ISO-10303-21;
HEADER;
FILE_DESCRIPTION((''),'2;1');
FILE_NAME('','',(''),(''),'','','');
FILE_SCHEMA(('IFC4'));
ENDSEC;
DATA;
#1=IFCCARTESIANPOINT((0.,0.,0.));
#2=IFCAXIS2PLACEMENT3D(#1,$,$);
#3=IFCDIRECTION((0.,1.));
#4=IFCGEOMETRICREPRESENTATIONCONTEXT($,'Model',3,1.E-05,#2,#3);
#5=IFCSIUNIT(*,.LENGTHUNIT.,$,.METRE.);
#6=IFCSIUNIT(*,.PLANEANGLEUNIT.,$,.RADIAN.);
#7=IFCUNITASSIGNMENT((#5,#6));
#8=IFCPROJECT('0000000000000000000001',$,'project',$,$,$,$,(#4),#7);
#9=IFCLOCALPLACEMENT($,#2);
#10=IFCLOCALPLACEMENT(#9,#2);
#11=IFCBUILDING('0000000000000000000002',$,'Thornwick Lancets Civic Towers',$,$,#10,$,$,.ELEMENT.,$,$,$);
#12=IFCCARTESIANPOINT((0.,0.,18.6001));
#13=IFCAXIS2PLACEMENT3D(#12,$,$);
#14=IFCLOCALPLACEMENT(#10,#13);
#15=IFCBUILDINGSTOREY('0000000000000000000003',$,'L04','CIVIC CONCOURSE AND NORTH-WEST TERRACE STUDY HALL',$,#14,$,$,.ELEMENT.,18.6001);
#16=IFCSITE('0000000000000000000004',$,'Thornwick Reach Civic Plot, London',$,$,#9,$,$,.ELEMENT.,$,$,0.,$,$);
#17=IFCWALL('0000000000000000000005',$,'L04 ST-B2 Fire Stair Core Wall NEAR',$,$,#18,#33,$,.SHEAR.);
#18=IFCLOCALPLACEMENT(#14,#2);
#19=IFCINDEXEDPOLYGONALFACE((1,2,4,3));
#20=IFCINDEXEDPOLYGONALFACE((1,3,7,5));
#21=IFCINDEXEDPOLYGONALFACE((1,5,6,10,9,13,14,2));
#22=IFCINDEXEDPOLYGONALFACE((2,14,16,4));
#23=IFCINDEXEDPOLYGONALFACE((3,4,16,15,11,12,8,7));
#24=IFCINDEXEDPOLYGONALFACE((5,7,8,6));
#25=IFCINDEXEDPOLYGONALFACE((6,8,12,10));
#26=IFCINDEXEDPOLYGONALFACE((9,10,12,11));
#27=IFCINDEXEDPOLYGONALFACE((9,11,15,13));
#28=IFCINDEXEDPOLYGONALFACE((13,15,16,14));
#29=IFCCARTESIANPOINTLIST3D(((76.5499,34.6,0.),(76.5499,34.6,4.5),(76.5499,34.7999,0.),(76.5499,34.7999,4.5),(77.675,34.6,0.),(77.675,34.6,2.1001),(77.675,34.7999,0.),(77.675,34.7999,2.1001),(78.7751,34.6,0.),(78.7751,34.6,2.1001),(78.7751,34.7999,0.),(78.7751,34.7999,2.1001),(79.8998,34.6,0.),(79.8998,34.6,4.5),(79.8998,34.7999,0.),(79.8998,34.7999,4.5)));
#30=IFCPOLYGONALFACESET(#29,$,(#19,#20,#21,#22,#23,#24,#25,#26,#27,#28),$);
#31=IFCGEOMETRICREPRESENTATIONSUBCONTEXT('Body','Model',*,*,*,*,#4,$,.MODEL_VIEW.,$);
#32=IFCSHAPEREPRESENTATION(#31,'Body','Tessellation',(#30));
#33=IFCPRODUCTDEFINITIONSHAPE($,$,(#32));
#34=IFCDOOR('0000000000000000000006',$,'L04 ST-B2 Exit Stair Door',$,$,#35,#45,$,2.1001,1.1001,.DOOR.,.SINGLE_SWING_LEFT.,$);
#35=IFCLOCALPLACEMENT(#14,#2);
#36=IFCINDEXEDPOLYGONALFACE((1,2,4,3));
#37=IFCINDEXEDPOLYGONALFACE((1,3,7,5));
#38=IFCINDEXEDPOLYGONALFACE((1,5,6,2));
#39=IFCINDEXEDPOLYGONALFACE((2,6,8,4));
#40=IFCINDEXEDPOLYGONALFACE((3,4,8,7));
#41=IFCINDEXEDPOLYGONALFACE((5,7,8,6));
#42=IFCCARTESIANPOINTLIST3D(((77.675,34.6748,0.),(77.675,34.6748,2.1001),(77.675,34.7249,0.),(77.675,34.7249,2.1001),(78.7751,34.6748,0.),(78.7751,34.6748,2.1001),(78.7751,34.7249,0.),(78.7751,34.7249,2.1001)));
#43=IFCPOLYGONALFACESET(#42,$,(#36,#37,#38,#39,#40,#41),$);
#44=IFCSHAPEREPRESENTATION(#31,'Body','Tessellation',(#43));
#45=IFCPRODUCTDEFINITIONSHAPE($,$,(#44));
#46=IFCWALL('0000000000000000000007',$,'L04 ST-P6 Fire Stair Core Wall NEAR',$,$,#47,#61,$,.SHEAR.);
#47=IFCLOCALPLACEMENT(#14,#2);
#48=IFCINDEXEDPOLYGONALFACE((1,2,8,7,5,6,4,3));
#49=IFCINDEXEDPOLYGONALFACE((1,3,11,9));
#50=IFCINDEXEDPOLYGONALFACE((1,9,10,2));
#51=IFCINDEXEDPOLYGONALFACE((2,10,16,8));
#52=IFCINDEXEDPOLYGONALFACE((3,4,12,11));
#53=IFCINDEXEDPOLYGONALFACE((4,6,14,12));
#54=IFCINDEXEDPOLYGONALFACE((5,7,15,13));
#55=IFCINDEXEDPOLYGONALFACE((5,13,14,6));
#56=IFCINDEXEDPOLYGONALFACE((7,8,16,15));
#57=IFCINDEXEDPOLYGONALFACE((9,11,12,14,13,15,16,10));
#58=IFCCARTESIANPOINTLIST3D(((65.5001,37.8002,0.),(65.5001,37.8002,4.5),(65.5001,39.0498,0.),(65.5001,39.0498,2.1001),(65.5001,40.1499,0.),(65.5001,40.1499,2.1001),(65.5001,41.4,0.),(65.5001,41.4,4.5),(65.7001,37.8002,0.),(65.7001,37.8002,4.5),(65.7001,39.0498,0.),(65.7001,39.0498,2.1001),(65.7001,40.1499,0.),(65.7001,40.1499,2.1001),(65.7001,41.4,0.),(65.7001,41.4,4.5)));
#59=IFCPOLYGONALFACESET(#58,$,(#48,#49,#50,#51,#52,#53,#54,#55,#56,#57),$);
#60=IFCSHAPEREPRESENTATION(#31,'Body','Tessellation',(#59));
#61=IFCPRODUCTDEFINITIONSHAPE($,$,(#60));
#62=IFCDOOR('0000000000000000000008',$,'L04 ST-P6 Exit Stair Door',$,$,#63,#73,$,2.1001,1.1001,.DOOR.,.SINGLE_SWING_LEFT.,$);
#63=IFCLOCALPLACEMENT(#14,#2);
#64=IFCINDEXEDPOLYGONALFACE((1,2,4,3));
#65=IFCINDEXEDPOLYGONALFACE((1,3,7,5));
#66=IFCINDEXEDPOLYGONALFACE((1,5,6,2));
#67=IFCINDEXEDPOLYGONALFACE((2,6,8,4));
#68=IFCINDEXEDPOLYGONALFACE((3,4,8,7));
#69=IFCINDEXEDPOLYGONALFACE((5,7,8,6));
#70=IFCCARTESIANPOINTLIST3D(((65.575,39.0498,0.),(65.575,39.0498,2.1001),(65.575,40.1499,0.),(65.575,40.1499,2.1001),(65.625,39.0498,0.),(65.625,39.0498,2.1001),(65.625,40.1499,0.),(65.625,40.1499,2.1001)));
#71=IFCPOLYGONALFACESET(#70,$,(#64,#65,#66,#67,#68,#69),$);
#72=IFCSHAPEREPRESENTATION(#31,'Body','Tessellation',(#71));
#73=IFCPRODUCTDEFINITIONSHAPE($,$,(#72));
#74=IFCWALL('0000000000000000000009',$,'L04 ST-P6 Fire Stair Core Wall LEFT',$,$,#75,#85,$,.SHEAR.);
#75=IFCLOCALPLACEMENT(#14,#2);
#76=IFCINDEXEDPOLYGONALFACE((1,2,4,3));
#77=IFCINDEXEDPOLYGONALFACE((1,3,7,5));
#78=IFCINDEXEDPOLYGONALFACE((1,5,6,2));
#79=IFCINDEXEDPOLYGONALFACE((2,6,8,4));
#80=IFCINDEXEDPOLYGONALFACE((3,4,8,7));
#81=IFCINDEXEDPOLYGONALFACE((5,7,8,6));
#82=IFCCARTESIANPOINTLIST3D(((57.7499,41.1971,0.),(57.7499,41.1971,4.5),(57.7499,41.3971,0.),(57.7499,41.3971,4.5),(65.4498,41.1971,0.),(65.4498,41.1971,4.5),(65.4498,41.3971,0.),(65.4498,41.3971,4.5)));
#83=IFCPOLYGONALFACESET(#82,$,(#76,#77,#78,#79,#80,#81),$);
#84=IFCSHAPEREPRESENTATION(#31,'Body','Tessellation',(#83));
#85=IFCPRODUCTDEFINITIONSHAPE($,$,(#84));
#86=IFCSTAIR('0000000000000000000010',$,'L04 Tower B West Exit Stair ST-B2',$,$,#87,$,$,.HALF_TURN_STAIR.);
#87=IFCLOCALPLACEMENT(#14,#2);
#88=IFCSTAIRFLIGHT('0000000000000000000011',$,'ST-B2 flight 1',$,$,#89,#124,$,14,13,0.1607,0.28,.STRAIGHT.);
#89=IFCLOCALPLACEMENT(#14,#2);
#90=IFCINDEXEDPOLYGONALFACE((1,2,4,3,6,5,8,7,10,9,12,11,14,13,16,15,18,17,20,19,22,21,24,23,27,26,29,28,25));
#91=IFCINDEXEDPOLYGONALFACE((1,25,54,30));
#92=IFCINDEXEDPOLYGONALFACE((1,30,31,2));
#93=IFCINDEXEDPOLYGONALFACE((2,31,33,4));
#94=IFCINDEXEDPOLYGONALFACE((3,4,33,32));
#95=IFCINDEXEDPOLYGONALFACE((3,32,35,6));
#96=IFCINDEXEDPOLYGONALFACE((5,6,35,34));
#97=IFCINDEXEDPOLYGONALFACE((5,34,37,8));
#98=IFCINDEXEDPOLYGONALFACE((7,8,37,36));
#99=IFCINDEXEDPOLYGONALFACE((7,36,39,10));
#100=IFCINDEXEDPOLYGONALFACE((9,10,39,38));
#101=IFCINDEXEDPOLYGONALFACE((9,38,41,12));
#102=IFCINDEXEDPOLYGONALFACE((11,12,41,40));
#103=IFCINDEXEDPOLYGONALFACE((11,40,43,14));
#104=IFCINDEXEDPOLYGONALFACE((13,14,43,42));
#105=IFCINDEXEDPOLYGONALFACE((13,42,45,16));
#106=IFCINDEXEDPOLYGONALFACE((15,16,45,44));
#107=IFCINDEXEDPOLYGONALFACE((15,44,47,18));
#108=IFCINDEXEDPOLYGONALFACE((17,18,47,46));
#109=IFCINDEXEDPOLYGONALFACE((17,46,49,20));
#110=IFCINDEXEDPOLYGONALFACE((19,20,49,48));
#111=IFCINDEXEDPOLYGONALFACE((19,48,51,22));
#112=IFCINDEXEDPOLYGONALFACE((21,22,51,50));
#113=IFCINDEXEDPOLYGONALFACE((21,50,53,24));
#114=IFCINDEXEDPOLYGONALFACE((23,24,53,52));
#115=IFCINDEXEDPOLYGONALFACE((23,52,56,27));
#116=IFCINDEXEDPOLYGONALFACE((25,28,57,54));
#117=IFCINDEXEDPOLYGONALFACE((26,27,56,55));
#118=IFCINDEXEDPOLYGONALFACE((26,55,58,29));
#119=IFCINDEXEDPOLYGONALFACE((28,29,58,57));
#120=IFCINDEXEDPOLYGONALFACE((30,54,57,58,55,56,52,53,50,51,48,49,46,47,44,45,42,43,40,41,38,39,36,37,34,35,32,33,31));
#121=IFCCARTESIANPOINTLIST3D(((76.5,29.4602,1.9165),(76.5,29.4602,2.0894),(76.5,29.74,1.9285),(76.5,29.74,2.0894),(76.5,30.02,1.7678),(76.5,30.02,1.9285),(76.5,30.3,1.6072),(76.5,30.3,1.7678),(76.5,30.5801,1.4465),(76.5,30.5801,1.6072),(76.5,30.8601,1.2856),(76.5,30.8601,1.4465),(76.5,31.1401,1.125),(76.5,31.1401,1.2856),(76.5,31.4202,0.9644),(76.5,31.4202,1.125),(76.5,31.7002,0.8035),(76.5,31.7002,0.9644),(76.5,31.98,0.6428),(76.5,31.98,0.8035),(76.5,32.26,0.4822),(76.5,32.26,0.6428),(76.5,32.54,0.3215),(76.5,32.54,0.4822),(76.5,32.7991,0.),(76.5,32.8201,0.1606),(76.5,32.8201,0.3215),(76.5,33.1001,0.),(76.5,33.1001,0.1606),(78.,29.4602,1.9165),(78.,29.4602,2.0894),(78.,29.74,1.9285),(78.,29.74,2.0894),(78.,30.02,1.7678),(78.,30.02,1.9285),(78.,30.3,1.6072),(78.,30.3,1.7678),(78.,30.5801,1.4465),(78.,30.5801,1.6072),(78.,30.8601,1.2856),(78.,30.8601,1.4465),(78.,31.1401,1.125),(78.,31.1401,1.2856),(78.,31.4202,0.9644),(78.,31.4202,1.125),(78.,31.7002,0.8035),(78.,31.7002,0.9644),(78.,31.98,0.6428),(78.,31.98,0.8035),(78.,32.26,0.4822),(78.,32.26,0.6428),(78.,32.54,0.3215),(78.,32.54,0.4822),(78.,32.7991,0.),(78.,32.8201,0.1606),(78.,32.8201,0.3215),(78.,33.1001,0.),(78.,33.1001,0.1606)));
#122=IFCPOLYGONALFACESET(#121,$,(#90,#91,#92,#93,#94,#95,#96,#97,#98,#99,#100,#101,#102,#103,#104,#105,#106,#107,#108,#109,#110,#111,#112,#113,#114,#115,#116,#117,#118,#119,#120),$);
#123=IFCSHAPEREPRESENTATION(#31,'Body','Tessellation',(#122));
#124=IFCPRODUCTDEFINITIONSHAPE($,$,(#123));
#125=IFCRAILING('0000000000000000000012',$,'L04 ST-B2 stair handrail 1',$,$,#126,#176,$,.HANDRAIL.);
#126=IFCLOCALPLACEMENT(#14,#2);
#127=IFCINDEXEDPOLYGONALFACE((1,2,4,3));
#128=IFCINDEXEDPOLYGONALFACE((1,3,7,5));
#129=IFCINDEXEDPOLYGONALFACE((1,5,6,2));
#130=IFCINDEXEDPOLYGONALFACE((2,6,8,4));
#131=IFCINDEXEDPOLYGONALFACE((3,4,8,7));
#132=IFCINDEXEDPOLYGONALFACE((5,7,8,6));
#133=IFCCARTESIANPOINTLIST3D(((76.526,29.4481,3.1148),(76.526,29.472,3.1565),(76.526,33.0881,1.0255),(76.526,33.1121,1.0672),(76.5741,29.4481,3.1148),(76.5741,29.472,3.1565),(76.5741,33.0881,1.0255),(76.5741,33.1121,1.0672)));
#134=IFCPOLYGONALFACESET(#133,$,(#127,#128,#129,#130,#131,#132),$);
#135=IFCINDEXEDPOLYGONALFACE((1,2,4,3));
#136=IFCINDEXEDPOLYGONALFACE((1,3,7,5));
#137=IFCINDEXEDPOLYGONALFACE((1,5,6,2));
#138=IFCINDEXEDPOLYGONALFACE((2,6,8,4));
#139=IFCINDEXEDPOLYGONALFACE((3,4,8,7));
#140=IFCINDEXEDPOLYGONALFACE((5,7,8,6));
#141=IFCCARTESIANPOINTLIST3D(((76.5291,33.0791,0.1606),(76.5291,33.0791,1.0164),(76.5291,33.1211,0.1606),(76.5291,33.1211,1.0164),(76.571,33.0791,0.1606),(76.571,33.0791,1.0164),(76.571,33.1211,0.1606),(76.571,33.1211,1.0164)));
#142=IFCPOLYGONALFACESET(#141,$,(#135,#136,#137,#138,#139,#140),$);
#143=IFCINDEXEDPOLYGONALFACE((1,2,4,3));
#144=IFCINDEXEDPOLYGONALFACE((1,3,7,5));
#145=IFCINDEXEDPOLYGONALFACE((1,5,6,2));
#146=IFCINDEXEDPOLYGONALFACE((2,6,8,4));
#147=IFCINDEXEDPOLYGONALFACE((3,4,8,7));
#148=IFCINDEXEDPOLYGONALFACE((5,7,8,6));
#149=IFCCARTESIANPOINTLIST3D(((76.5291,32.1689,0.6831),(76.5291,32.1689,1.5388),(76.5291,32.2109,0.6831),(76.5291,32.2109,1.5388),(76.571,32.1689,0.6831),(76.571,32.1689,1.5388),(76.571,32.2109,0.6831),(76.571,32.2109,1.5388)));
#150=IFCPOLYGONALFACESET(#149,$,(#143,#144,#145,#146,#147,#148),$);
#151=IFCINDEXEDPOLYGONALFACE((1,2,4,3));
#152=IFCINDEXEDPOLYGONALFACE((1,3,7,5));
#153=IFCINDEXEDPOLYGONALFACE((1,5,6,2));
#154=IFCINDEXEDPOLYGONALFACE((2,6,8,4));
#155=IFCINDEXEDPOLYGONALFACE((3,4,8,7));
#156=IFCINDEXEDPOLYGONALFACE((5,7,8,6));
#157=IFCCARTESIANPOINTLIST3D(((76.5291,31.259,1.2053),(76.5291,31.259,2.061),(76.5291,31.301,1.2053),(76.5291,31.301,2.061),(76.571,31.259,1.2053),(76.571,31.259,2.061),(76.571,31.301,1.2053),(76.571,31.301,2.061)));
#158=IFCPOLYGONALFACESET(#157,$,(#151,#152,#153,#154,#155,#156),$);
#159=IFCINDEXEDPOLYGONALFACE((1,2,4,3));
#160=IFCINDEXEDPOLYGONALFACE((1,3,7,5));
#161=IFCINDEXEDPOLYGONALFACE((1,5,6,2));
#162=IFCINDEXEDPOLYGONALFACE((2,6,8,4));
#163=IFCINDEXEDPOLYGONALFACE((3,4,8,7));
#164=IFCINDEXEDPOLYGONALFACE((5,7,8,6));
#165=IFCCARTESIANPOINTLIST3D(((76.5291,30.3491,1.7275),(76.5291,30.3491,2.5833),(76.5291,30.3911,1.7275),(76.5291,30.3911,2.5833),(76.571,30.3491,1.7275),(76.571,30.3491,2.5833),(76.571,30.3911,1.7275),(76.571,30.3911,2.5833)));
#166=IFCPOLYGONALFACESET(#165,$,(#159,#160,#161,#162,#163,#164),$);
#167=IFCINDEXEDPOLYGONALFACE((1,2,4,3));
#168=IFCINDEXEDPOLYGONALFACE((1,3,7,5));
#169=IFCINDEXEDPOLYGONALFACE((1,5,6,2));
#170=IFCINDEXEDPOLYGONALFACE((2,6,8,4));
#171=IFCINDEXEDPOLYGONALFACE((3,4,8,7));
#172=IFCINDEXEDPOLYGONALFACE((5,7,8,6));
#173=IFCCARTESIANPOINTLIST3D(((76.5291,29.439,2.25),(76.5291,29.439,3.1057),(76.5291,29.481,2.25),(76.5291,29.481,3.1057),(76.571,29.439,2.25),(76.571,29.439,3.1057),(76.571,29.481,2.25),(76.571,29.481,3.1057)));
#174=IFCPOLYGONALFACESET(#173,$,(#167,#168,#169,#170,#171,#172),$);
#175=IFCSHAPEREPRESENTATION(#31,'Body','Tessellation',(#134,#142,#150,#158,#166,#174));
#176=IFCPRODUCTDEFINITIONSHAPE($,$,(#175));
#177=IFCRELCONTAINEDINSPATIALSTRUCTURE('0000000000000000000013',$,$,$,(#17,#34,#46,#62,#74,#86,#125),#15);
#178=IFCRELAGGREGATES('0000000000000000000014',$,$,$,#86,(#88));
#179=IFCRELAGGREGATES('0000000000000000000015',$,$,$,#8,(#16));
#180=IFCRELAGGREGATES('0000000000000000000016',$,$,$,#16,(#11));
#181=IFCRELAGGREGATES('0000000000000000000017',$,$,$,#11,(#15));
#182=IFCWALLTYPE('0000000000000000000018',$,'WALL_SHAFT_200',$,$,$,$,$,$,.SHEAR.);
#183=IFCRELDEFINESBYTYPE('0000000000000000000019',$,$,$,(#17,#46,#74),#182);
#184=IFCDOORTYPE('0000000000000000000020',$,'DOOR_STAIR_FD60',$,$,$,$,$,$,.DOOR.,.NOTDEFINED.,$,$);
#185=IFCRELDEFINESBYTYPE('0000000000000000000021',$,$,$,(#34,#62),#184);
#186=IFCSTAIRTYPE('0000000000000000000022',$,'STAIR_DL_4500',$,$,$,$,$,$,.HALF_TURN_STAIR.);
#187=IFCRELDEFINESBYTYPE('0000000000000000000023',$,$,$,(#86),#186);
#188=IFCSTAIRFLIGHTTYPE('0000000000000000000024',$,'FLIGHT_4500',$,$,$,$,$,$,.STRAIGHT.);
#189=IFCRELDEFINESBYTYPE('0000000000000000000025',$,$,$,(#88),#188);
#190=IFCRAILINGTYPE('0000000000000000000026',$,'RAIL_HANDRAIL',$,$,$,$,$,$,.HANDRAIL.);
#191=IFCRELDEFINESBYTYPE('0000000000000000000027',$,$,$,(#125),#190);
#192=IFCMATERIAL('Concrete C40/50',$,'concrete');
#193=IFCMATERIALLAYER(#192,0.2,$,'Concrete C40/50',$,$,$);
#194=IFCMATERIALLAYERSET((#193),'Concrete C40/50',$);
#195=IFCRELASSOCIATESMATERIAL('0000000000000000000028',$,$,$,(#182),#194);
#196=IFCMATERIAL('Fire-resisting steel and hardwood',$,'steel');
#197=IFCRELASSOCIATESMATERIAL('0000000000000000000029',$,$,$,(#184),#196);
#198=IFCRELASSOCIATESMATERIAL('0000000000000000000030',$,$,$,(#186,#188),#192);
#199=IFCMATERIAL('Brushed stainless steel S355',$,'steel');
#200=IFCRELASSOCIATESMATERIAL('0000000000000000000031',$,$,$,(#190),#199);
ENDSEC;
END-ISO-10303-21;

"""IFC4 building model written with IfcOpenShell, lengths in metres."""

from ifc_helpers import new_model, si_unit, direction, frame, frame_2d, origin, origin_2d, place, context, subcontext, project, spatial, polyline, rectangle, outline, extrude, material, layer, layer_set, type_object, element, fill, aggregate, save


model = new_model("IFC4")

# Units and contexts
model_context = context("Model", 3, precision=1e-05, world=origin(), true_north=direction((0.0, 1.0)))
body_context = subcontext(model_context, "Body", "Model", "MODEL_VIEW")
ifc_project = project(units=[si_unit("LENGTHUNIT", "METRE"), si_unit("PLANEANGLEUNIT", "RADIAN")], contexts=[model_context])

# Site, building, storey
site_placement = place(None, origin())
site = spatial("IfcSite", under=ifc_project, at=site_placement, Name="Thornwick Reach Civic Plot, London", CompositionType="ELEMENT", RefElevation=0.0)
building_placement = place(site_placement, origin())
building = spatial("IfcBuilding", under=site, at=building_placement, Name="Thornwick Lancets Civic Towers", CompositionType="ELEMENT")
storey_placement = place(building_placement, frame((0.0, 0.0, 18.6001)))
storey = spatial("IfcBuildingStorey", under=building, at=storey_placement, Name="L04", Description="CIVIC CONCOURSE AND NORTH-WEST TERRACE STUDY HALL", CompositionType="ELEMENT", Elevation=18.6001)

# Shared definitions
ifc_material_1 = material(Name="Concrete C40/50", Category="concrete")

# Walls, openings, doors
ifc_layer_1 = layer(ifc_material_1, 0.2, Name="Concrete C40/50")
ifc_layer_set_1 = layer_set([ifc_layer_1], Name="Concrete C40/50")
wall_type_1 = type_object("IfcWallType", Name="WALL_SHAFT_200", PredefinedType="SHEAR", material=ifc_layer_set_1)
wall_1_placement = place(storey_placement, frame((76.55, 34.7, 0.0), z_axis=(0.0, 0.0, 1.0), x_axis=(1.0, 0.0, 0.0)))
wall_1 = element("IfcWall", 1, at=wall_1_placement, inside=storey, type_object=wall_type_1, Name="L04 ST-B2 Fire Stair Core Wall NEAR", PredefinedType="SHEAR", context=body_context, shape_type="SweptSolid", body=[
    extrude(rectangle(XDim=3.3499, YDim=0.2, at=frame_2d((1.6748, 0.0))), origin(), (0.0, 0.0, 1.0), 4.5),
])
opening_1_placement = place(wall_1_placement, frame((1.125, 0.0, 0.0)))
opening_1 = element("IfcOpeningElement", 2, at=opening_1_placement, cuts=wall_1, PredefinedType="OPENING", context=body_context, shape_type="SweptSolid", body=[
    extrude(rectangle(XDim=1.1001, YDim=2.1001, at=frame_2d((0.55, 1.05))), frame((0.0, 0.1099, 0.0), z_axis=(0.0, -1.0, 0.0), x_axis=(1.0, 0.0, 0.0)), (0.0, 0.0, 1.0), 0.22),
])
ifc_material_2 = material(Name="Fire-resisting steel and hardwood", Category="steel")
door_type_1 = type_object("IfcDoorType", Name="DOOR_STAIR_FD60", OperationType="NOTDEFINED", PredefinedType="DOOR", material=ifc_material_2)
door_1_placement = place(opening_1_placement, origin())
door_1 = element("IfcDoor", 3, at=door_1_placement, inside=storey, type_object=door_type_1, Name="L04 ST-B2 Exit Stair Door", OperationType="SINGLE_SWING_LEFT", OverallHeight=2.1001, OverallWidth=1.1001, PredefinedType="DOOR", context=body_context, shape_type="SweptSolid", body=[
    extrude(rectangle(XDim=1.1001, YDim=2.1001, at=frame_2d((0.55, 1.05))), frame((0.0, 0.0249, 0.0), z_axis=(0.0, -1.0, 0.0), x_axis=(1.0, 0.0, 0.0)), (0.0, 0.0, 1.0), 0.05),
])
fill(opening_1, door_1)
wall_2_placement = place(storey_placement, frame((65.6001, 41.3999, 0.0), z_axis=(0.0, 0.0, 1.0), x_axis=(0.0, -1.0, 0.0)))
wall_2 = element("IfcWall", 4, at=wall_2_placement, inside=storey, type_object=wall_type_1, Name="L04 ST-P6 Fire Stair Core Wall NEAR", PredefinedType="SHEAR", context=body_context, shape_type="SweptSolid", body=[
    extrude(rectangle(XDim=3.5999, YDim=0.2, at=frame_2d((1.7998, 0.0))), origin(), (0.0, 0.0, 1.0), 4.5),
])
opening_2_placement = place(wall_2_placement, frame((1.25, 0.0, 0.0)))
opening_2 = element("IfcOpeningElement", 5, at=opening_2_placement, cuts=wall_2, PredefinedType="OPENING", context=body_context, shape_type="SweptSolid", body=[
    extrude(rectangle(XDim=1.1001, YDim=2.1001, at=frame_2d((0.55, 1.05))), frame((0.0, 0.1099, 0.0), z_axis=(0.0, -1.0, 0.0), x_axis=(1.0, 0.0, 0.0)), (0.0, 0.0, 1.0), 0.22),
])
door_2_placement = place(opening_2_placement, origin())
door_2 = element("IfcDoor", 6, at=door_2_placement, inside=storey, type_object=door_type_1, Name="L04 ST-P6 Exit Stair Door", OperationType="SINGLE_SWING_LEFT", OverallHeight=2.1001, OverallWidth=1.1001, PredefinedType="DOOR", context=body_context, shape_type="SweptSolid", body=[
    extrude(rectangle(XDim=1.1001, YDim=2.1001, at=frame_2d((0.55, 1.05))), frame((0.0, 0.0249, 0.0), z_axis=(0.0, -1.0, 0.0), x_axis=(1.0, 0.0, 0.0)), (0.0, 0.0, 1.0), 0.05),
])
fill(opening_2, door_2)

# Wall
wall_3_placement = place(storey_placement, frame((65.45, 41.2971, 0.0), z_axis=(0.0, 0.0, 1.0), x_axis=(-1.0, 0.0, 0.0)))
element("IfcWall", 7, at=wall_3_placement, inside=storey, type_object=wall_type_1, Name="L04 ST-P6 Fire Stair Core Wall LEFT", PredefinedType="SHEAR", context=body_context, shape_type="SweptSolid", body=[
    extrude(rectangle(XDim=7.7, YDim=0.2, at=frame_2d((3.8501, 0.0))), origin(), (0.0, 0.0, 1.0), 4.5),
])

# Stair, stair flight
stair_type = type_object("IfcStairType", Name="STAIR_DL_4500", PredefinedType="HALF_TURN_STAIR", material=ifc_material_1)
stair_placement = place(storey_placement, origin())
stair = element("IfcStair", 8, at=stair_placement, inside=storey, type_object=stair_type, Name="L04 Tower B West Exit Stair ST-B2", PredefinedType="HALF_TURN_STAIR")
stair_flight_type = type_object("IfcStairFlightType", Name="FLIGHT_4500", PredefinedType="STRAIGHT", material=ifc_material_1)
stair_flight_placement = place(storey_placement, frame((77.25, 33.1001, 0.0), z_axis=(0.0, 0.0, 1.0), x_axis=(0.0, -1.0, 0.0)))
stair_flight = element("IfcStairFlight", 9, at=stair_flight_placement, type_object=stair_flight_type, Name="ST-B2 flight 1", NumberOfRisers=14, NumberOfTreads=13, PredefinedType="STRAIGHT", RiserHeight=0.1607, TreadLength=0.28, context=body_context, shape_type="SweptSolid", body=[
    extrude(outline(polyline([(0.0, 0.0), (0.0, 0.1606), (0.28, 0.1606), (0.28, 0.3215), (0.5601, 0.3215), (0.5601, 0.4822), (0.8401, 0.4822), (0.8401, 0.6428), (1.1201, 0.6428), (1.1201, 0.8035), (1.3999, 0.8035), (1.3999, 0.9644), (1.6799, 0.9644), (1.6799, 1.125), (1.96, 1.125), (1.96, 1.2856), (2.24, 1.2856), (2.24, 1.4465), (2.52, 1.4465), (2.52, 1.6072), (2.8, 1.6072), (2.8, 1.7678), (3.0801, 1.7678), (3.0801, 1.9285), (3.3601, 1.9285), (3.3601, 2.0894), (3.6399, 2.0894), (3.6399, 2.25), (3.6399, 1.9165), (0.301, 0.0), (0.0, 0.0)])), frame((0.0, 0.75, 0.0), z_axis=(0.0, -1.0, 0.0), x_axis=(1.0, 0.0, 0.0)), (0.0, 0.0, 1.0), 1.5),
])
aggregate(stair, [stair_flight])

# Railing
ifc_material_3 = material(Name="Brushed stainless steel S355", Category="steel")
railing_type_1 = type_object("IfcRailingType", Name="RAIL_HANDRAIL", PredefinedType="HANDRAIL", material=ifc_material_3)
railing_1_placement = place(storey_placement, frame((76.55, 33.1001, 0.1606)))
element("IfcRailing", 10, at=railing_1_placement, inside=storey, type_object=railing_type_1, Name="L04 ST-B2 stair handrail 1", PredefinedType="HANDRAIL", context=body_context, shape_type="SweptSolid", body=[
    extrude(rectangle(XDim=0.0481, YDim=0.0481, at=origin_2d()), frame((0.0, 0.0, 0.8857), z_axis=(0.0, -0.867289, 0.497804), x_axis=(1.0, 0.0, 0.0)), (0.0, 0.0, 1.0), 4.197),
    extrude(rectangle(XDim=0.042, YDim=0.042, at=origin_2d()), origin(), (0.0, 0.0, 1.0), 0.8557),
    extrude(rectangle(XDim=0.042, YDim=0.042, at=origin_2d()), frame((0.0, -0.9102, 0.5225)), (0.0, 0.0, 1.0), 0.8557),
    extrude(rectangle(XDim=0.042, YDim=0.042, at=origin_2d()), frame((0.0, -1.8201, 1.0447)), (0.0, 0.0, 1.0), 0.8557),
    extrude(rectangle(XDim=0.042, YDim=0.042, at=origin_2d()), frame((0.0, -2.73, 1.5669)), (0.0, 0.0, 1.0), 0.8557),
    extrude(rectangle(XDim=0.042, YDim=0.042, at=origin_2d()), frame((0.0, -3.6401, 2.0894)), (0.0, 0.0, 1.0), 0.8557),
])

save(model, "model.ifc")
